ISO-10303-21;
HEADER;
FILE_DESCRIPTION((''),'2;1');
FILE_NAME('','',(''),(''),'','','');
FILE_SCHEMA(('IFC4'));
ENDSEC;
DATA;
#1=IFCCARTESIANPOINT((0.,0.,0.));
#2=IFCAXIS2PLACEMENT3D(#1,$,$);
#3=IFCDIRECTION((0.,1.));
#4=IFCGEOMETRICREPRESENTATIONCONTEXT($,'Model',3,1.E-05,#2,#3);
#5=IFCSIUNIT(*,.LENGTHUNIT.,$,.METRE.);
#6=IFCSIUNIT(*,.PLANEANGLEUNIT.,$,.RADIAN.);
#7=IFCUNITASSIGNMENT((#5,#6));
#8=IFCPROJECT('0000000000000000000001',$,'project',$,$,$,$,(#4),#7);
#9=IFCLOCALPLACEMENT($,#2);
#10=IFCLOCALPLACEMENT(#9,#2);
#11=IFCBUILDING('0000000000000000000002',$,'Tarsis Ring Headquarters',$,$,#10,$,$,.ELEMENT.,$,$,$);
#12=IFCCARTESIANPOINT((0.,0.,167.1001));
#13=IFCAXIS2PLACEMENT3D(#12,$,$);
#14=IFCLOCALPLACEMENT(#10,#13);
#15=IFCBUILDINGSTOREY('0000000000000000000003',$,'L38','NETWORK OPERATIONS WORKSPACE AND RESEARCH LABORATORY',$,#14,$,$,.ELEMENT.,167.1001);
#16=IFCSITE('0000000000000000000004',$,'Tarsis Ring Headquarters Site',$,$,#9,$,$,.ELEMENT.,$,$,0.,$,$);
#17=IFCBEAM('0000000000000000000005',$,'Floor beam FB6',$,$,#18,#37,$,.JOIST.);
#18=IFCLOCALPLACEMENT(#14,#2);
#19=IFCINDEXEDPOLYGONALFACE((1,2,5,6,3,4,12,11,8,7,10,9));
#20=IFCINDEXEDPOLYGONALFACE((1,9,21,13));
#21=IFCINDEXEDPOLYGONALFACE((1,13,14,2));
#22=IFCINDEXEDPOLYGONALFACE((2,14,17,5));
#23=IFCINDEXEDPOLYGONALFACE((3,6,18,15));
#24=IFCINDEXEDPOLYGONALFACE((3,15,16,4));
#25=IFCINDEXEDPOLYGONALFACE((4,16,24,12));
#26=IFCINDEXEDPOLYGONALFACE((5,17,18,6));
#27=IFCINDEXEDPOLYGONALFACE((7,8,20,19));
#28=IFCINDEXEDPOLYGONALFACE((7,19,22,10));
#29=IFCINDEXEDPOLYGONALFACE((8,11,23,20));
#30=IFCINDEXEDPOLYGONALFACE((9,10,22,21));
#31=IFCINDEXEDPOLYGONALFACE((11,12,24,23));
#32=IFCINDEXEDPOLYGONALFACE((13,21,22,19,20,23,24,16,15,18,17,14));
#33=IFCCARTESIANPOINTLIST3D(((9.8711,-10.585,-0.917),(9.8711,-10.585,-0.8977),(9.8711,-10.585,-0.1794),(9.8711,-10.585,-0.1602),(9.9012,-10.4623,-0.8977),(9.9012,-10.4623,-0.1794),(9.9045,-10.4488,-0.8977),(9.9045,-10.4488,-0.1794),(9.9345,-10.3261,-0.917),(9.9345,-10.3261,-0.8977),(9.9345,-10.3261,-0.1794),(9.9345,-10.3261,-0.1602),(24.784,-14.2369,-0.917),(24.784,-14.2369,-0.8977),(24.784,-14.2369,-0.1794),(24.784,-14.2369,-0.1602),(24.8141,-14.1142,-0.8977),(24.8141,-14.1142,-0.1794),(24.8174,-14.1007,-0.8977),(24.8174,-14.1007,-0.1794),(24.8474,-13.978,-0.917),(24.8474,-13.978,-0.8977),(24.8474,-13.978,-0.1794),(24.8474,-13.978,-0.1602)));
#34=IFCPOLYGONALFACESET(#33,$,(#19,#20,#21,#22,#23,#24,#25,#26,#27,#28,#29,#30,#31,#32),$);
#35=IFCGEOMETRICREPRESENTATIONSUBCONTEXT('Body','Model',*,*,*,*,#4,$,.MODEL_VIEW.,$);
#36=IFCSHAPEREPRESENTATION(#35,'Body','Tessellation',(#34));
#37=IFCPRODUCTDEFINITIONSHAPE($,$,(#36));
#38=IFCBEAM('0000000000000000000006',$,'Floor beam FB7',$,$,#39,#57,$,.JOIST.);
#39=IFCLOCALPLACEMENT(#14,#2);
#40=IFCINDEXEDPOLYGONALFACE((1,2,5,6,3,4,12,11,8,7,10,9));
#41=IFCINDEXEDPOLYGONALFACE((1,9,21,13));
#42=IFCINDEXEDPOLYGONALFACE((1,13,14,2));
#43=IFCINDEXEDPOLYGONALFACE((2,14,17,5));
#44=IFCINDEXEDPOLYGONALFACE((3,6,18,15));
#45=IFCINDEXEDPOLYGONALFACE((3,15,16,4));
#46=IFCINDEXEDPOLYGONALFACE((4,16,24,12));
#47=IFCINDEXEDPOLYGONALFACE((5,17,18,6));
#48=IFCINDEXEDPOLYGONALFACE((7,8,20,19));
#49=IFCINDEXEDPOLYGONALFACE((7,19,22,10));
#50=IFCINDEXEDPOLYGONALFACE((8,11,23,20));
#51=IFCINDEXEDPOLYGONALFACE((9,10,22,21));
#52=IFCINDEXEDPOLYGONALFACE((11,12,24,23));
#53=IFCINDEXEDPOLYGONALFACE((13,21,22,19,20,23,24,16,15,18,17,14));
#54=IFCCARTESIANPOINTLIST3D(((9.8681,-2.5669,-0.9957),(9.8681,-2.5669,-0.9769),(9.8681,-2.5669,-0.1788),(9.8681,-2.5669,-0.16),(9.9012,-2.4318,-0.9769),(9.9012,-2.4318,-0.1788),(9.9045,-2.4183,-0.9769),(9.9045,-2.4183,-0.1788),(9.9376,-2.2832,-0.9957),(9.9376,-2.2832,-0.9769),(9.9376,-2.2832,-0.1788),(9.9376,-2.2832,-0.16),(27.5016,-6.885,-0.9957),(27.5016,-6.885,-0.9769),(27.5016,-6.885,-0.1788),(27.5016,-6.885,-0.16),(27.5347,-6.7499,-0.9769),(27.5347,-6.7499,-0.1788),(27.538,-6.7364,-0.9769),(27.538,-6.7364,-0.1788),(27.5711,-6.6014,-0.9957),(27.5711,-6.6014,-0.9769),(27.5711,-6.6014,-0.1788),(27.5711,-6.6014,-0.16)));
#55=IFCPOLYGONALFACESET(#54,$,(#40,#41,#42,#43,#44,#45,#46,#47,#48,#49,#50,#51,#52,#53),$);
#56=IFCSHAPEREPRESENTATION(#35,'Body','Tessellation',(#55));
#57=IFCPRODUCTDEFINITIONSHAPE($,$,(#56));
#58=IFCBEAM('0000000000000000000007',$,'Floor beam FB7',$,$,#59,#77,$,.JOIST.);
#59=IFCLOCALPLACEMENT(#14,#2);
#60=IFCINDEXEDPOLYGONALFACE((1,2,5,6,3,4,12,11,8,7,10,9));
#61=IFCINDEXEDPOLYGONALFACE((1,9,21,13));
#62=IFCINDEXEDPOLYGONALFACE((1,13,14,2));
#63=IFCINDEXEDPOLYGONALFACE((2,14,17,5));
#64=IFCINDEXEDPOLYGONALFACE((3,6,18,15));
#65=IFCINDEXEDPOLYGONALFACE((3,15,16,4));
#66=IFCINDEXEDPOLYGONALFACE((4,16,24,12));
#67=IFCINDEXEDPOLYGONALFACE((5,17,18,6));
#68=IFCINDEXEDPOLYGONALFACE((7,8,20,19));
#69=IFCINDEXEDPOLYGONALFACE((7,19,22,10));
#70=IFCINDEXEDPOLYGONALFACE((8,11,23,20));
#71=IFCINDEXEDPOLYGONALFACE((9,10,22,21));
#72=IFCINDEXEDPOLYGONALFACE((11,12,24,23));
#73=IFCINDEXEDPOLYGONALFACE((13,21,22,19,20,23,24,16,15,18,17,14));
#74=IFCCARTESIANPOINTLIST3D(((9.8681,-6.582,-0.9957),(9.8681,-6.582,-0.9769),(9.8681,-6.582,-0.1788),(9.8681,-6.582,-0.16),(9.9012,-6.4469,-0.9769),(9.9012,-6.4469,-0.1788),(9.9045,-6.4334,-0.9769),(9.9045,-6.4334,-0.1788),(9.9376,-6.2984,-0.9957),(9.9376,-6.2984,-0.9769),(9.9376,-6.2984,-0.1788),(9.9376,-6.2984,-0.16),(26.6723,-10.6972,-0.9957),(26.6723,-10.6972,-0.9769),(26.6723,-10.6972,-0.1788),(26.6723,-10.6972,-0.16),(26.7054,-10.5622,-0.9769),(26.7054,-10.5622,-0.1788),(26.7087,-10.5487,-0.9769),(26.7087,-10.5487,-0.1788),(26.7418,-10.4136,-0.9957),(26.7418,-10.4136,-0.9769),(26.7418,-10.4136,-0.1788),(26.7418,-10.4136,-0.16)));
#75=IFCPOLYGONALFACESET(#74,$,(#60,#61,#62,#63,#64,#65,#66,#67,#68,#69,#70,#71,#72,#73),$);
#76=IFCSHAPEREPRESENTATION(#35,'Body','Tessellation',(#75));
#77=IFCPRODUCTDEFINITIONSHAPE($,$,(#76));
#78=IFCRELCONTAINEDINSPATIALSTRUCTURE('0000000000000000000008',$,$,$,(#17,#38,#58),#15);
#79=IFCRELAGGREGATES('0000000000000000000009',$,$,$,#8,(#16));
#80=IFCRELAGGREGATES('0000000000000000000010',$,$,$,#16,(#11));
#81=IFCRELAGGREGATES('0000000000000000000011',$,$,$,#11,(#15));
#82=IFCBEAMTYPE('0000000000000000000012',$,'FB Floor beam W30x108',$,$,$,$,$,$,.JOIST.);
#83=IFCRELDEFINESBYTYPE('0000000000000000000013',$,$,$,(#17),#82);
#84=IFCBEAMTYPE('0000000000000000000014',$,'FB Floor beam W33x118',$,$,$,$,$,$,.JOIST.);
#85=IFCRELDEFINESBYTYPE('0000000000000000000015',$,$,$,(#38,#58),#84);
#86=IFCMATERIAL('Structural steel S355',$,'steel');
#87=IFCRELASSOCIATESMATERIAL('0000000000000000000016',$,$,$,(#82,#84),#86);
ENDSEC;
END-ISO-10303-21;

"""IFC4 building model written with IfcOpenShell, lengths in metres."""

from ifc_helpers import new_model, si_unit, direction, frame, origin, origin_2d, place, context, subcontext, project, spatial, i_section, extrude, material, material_profile, profile_set, type_object, element, save


model = new_model("IFC4")

# Units and contexts
model_context = context("Model", 3, precision=1e-05, world=origin(), true_north=direction((0.0, 1.0)))
body_context = subcontext(model_context, "Body", "Model", "MODEL_VIEW")
ifc_project = project(units=[si_unit("LENGTHUNIT", "METRE"), si_unit("PLANEANGLEUNIT", "RADIAN")], contexts=[model_context])

# Site, building, storey
site_placement = place(None, origin())
site = spatial("IfcSite", under=ifc_project, at=site_placement, Name="Tarsis Ring Headquarters Site", CompositionType="ELEMENT", RefElevation=0.0)
building_placement = place(site_placement, origin())
building = spatial("IfcBuilding", under=site, at=building_placement, Name="Tarsis Ring Headquarters", CompositionType="ELEMENT")
storey_placement = place(building_placement, frame((0.0, 0.0, 167.1001)))
storey = spatial("IfcBuildingStorey", under=building, at=storey_placement, Name="L38", Description="NETWORK OPERATIONS WORKSPACE AND RESEARCH LABORATORY", CompositionType="ELEMENT", Elevation=167.1001)

# Beams
ifc_material_1 = material(Name="Structural steel S355", Category="steel")
ifc_material_profile_1 = material_profile(ifc_material_1, i_section(OverallWidth=0.2666, OverallDepth=0.7568, WebThickness=0.0139, FlangeThickness=0.0193, at=origin_2d()), Name="W30x108")
ifc_profile_set_1 = profile_set([ifc_material_profile_1], Name="Structural steel S355")
beam_type_1 = type_object("IfcBeamType", Name="FB Floor beam W30x108", PredefinedType="JOIST", material=ifc_profile_set_1)
beam_1_placement = place(storey_placement, frame((9.9028, -10.4556, -0.5386), z_axis=(0.971301, -0.237852, 0.0), x_axis=(0.237852, 0.971301, 0.0)))
element("IfcBeam", 1, at=beam_1_placement, inside=storey, type_object=beam_type_1, Name="Floor beam FB6", PredefinedType="JOIST", context=body_context, shape_type="SweptSolid", body=[
    extrude(i_section(OverallWidth=0.2666, OverallDepth=0.7568, WebThickness=0.0139, FlangeThickness=0.0193, at=origin_2d()), origin(), (0.0, 0.0, 1.0), 15.3535),
])
ifc_material_profile_2 = material_profile(ifc_material_1, i_section(OverallWidth=0.292, OverallDepth=0.8357, WebThickness=0.0139, FlangeThickness=0.0188, at=origin_2d()), Name="W33x118")
ifc_profile_set_2 = profile_set([ifc_material_profile_2], Name="Structural steel S355")
beam_type_2 = type_object("IfcBeamType", Name="FB Floor beam W33x118", PredefinedType="JOIST", material=ifc_profile_set_2)
beam_2_placement = place(storey_placement, frame((9.9028, -2.425, -0.5779), z_axis=(0.971301, -0.237853, 0.0), x_axis=(0.237853, 0.971301, 0.0)))
element("IfcBeam", 2, at=beam_2_placement, inside=storey, type_object=beam_type_2, Name="Floor beam FB7", PredefinedType="JOIST", context=body_context, shape_type="SweptSolid", body=[
    extrude(i_section(OverallWidth=0.292, OverallDepth=0.8357, WebThickness=0.0139, FlangeThickness=0.0188, at=origin_2d()), origin(), (0.0, 0.0, 1.0), 18.1545),
])
beam_3_placement = place(storey_placement, frame((9.9028, -6.4402, -0.5779), z_axis=(0.971298, -0.237864, 0.0), x_axis=(0.237864, 0.971298, 0.0)))
element("IfcBeam", 3, at=beam_3_placement, inside=storey, type_object=beam_type_2, Name="Floor beam FB7", PredefinedType="JOIST", context=body_context, shape_type="SweptSolid", body=[
    extrude(i_section(OverallWidth=0.292, OverallDepth=0.8357, WebThickness=0.0139, FlangeThickness=0.0188, at=origin_2d()), origin(), (0.0, 0.0, 1.0), 17.3008),
])

save(model, "model.ifc")
